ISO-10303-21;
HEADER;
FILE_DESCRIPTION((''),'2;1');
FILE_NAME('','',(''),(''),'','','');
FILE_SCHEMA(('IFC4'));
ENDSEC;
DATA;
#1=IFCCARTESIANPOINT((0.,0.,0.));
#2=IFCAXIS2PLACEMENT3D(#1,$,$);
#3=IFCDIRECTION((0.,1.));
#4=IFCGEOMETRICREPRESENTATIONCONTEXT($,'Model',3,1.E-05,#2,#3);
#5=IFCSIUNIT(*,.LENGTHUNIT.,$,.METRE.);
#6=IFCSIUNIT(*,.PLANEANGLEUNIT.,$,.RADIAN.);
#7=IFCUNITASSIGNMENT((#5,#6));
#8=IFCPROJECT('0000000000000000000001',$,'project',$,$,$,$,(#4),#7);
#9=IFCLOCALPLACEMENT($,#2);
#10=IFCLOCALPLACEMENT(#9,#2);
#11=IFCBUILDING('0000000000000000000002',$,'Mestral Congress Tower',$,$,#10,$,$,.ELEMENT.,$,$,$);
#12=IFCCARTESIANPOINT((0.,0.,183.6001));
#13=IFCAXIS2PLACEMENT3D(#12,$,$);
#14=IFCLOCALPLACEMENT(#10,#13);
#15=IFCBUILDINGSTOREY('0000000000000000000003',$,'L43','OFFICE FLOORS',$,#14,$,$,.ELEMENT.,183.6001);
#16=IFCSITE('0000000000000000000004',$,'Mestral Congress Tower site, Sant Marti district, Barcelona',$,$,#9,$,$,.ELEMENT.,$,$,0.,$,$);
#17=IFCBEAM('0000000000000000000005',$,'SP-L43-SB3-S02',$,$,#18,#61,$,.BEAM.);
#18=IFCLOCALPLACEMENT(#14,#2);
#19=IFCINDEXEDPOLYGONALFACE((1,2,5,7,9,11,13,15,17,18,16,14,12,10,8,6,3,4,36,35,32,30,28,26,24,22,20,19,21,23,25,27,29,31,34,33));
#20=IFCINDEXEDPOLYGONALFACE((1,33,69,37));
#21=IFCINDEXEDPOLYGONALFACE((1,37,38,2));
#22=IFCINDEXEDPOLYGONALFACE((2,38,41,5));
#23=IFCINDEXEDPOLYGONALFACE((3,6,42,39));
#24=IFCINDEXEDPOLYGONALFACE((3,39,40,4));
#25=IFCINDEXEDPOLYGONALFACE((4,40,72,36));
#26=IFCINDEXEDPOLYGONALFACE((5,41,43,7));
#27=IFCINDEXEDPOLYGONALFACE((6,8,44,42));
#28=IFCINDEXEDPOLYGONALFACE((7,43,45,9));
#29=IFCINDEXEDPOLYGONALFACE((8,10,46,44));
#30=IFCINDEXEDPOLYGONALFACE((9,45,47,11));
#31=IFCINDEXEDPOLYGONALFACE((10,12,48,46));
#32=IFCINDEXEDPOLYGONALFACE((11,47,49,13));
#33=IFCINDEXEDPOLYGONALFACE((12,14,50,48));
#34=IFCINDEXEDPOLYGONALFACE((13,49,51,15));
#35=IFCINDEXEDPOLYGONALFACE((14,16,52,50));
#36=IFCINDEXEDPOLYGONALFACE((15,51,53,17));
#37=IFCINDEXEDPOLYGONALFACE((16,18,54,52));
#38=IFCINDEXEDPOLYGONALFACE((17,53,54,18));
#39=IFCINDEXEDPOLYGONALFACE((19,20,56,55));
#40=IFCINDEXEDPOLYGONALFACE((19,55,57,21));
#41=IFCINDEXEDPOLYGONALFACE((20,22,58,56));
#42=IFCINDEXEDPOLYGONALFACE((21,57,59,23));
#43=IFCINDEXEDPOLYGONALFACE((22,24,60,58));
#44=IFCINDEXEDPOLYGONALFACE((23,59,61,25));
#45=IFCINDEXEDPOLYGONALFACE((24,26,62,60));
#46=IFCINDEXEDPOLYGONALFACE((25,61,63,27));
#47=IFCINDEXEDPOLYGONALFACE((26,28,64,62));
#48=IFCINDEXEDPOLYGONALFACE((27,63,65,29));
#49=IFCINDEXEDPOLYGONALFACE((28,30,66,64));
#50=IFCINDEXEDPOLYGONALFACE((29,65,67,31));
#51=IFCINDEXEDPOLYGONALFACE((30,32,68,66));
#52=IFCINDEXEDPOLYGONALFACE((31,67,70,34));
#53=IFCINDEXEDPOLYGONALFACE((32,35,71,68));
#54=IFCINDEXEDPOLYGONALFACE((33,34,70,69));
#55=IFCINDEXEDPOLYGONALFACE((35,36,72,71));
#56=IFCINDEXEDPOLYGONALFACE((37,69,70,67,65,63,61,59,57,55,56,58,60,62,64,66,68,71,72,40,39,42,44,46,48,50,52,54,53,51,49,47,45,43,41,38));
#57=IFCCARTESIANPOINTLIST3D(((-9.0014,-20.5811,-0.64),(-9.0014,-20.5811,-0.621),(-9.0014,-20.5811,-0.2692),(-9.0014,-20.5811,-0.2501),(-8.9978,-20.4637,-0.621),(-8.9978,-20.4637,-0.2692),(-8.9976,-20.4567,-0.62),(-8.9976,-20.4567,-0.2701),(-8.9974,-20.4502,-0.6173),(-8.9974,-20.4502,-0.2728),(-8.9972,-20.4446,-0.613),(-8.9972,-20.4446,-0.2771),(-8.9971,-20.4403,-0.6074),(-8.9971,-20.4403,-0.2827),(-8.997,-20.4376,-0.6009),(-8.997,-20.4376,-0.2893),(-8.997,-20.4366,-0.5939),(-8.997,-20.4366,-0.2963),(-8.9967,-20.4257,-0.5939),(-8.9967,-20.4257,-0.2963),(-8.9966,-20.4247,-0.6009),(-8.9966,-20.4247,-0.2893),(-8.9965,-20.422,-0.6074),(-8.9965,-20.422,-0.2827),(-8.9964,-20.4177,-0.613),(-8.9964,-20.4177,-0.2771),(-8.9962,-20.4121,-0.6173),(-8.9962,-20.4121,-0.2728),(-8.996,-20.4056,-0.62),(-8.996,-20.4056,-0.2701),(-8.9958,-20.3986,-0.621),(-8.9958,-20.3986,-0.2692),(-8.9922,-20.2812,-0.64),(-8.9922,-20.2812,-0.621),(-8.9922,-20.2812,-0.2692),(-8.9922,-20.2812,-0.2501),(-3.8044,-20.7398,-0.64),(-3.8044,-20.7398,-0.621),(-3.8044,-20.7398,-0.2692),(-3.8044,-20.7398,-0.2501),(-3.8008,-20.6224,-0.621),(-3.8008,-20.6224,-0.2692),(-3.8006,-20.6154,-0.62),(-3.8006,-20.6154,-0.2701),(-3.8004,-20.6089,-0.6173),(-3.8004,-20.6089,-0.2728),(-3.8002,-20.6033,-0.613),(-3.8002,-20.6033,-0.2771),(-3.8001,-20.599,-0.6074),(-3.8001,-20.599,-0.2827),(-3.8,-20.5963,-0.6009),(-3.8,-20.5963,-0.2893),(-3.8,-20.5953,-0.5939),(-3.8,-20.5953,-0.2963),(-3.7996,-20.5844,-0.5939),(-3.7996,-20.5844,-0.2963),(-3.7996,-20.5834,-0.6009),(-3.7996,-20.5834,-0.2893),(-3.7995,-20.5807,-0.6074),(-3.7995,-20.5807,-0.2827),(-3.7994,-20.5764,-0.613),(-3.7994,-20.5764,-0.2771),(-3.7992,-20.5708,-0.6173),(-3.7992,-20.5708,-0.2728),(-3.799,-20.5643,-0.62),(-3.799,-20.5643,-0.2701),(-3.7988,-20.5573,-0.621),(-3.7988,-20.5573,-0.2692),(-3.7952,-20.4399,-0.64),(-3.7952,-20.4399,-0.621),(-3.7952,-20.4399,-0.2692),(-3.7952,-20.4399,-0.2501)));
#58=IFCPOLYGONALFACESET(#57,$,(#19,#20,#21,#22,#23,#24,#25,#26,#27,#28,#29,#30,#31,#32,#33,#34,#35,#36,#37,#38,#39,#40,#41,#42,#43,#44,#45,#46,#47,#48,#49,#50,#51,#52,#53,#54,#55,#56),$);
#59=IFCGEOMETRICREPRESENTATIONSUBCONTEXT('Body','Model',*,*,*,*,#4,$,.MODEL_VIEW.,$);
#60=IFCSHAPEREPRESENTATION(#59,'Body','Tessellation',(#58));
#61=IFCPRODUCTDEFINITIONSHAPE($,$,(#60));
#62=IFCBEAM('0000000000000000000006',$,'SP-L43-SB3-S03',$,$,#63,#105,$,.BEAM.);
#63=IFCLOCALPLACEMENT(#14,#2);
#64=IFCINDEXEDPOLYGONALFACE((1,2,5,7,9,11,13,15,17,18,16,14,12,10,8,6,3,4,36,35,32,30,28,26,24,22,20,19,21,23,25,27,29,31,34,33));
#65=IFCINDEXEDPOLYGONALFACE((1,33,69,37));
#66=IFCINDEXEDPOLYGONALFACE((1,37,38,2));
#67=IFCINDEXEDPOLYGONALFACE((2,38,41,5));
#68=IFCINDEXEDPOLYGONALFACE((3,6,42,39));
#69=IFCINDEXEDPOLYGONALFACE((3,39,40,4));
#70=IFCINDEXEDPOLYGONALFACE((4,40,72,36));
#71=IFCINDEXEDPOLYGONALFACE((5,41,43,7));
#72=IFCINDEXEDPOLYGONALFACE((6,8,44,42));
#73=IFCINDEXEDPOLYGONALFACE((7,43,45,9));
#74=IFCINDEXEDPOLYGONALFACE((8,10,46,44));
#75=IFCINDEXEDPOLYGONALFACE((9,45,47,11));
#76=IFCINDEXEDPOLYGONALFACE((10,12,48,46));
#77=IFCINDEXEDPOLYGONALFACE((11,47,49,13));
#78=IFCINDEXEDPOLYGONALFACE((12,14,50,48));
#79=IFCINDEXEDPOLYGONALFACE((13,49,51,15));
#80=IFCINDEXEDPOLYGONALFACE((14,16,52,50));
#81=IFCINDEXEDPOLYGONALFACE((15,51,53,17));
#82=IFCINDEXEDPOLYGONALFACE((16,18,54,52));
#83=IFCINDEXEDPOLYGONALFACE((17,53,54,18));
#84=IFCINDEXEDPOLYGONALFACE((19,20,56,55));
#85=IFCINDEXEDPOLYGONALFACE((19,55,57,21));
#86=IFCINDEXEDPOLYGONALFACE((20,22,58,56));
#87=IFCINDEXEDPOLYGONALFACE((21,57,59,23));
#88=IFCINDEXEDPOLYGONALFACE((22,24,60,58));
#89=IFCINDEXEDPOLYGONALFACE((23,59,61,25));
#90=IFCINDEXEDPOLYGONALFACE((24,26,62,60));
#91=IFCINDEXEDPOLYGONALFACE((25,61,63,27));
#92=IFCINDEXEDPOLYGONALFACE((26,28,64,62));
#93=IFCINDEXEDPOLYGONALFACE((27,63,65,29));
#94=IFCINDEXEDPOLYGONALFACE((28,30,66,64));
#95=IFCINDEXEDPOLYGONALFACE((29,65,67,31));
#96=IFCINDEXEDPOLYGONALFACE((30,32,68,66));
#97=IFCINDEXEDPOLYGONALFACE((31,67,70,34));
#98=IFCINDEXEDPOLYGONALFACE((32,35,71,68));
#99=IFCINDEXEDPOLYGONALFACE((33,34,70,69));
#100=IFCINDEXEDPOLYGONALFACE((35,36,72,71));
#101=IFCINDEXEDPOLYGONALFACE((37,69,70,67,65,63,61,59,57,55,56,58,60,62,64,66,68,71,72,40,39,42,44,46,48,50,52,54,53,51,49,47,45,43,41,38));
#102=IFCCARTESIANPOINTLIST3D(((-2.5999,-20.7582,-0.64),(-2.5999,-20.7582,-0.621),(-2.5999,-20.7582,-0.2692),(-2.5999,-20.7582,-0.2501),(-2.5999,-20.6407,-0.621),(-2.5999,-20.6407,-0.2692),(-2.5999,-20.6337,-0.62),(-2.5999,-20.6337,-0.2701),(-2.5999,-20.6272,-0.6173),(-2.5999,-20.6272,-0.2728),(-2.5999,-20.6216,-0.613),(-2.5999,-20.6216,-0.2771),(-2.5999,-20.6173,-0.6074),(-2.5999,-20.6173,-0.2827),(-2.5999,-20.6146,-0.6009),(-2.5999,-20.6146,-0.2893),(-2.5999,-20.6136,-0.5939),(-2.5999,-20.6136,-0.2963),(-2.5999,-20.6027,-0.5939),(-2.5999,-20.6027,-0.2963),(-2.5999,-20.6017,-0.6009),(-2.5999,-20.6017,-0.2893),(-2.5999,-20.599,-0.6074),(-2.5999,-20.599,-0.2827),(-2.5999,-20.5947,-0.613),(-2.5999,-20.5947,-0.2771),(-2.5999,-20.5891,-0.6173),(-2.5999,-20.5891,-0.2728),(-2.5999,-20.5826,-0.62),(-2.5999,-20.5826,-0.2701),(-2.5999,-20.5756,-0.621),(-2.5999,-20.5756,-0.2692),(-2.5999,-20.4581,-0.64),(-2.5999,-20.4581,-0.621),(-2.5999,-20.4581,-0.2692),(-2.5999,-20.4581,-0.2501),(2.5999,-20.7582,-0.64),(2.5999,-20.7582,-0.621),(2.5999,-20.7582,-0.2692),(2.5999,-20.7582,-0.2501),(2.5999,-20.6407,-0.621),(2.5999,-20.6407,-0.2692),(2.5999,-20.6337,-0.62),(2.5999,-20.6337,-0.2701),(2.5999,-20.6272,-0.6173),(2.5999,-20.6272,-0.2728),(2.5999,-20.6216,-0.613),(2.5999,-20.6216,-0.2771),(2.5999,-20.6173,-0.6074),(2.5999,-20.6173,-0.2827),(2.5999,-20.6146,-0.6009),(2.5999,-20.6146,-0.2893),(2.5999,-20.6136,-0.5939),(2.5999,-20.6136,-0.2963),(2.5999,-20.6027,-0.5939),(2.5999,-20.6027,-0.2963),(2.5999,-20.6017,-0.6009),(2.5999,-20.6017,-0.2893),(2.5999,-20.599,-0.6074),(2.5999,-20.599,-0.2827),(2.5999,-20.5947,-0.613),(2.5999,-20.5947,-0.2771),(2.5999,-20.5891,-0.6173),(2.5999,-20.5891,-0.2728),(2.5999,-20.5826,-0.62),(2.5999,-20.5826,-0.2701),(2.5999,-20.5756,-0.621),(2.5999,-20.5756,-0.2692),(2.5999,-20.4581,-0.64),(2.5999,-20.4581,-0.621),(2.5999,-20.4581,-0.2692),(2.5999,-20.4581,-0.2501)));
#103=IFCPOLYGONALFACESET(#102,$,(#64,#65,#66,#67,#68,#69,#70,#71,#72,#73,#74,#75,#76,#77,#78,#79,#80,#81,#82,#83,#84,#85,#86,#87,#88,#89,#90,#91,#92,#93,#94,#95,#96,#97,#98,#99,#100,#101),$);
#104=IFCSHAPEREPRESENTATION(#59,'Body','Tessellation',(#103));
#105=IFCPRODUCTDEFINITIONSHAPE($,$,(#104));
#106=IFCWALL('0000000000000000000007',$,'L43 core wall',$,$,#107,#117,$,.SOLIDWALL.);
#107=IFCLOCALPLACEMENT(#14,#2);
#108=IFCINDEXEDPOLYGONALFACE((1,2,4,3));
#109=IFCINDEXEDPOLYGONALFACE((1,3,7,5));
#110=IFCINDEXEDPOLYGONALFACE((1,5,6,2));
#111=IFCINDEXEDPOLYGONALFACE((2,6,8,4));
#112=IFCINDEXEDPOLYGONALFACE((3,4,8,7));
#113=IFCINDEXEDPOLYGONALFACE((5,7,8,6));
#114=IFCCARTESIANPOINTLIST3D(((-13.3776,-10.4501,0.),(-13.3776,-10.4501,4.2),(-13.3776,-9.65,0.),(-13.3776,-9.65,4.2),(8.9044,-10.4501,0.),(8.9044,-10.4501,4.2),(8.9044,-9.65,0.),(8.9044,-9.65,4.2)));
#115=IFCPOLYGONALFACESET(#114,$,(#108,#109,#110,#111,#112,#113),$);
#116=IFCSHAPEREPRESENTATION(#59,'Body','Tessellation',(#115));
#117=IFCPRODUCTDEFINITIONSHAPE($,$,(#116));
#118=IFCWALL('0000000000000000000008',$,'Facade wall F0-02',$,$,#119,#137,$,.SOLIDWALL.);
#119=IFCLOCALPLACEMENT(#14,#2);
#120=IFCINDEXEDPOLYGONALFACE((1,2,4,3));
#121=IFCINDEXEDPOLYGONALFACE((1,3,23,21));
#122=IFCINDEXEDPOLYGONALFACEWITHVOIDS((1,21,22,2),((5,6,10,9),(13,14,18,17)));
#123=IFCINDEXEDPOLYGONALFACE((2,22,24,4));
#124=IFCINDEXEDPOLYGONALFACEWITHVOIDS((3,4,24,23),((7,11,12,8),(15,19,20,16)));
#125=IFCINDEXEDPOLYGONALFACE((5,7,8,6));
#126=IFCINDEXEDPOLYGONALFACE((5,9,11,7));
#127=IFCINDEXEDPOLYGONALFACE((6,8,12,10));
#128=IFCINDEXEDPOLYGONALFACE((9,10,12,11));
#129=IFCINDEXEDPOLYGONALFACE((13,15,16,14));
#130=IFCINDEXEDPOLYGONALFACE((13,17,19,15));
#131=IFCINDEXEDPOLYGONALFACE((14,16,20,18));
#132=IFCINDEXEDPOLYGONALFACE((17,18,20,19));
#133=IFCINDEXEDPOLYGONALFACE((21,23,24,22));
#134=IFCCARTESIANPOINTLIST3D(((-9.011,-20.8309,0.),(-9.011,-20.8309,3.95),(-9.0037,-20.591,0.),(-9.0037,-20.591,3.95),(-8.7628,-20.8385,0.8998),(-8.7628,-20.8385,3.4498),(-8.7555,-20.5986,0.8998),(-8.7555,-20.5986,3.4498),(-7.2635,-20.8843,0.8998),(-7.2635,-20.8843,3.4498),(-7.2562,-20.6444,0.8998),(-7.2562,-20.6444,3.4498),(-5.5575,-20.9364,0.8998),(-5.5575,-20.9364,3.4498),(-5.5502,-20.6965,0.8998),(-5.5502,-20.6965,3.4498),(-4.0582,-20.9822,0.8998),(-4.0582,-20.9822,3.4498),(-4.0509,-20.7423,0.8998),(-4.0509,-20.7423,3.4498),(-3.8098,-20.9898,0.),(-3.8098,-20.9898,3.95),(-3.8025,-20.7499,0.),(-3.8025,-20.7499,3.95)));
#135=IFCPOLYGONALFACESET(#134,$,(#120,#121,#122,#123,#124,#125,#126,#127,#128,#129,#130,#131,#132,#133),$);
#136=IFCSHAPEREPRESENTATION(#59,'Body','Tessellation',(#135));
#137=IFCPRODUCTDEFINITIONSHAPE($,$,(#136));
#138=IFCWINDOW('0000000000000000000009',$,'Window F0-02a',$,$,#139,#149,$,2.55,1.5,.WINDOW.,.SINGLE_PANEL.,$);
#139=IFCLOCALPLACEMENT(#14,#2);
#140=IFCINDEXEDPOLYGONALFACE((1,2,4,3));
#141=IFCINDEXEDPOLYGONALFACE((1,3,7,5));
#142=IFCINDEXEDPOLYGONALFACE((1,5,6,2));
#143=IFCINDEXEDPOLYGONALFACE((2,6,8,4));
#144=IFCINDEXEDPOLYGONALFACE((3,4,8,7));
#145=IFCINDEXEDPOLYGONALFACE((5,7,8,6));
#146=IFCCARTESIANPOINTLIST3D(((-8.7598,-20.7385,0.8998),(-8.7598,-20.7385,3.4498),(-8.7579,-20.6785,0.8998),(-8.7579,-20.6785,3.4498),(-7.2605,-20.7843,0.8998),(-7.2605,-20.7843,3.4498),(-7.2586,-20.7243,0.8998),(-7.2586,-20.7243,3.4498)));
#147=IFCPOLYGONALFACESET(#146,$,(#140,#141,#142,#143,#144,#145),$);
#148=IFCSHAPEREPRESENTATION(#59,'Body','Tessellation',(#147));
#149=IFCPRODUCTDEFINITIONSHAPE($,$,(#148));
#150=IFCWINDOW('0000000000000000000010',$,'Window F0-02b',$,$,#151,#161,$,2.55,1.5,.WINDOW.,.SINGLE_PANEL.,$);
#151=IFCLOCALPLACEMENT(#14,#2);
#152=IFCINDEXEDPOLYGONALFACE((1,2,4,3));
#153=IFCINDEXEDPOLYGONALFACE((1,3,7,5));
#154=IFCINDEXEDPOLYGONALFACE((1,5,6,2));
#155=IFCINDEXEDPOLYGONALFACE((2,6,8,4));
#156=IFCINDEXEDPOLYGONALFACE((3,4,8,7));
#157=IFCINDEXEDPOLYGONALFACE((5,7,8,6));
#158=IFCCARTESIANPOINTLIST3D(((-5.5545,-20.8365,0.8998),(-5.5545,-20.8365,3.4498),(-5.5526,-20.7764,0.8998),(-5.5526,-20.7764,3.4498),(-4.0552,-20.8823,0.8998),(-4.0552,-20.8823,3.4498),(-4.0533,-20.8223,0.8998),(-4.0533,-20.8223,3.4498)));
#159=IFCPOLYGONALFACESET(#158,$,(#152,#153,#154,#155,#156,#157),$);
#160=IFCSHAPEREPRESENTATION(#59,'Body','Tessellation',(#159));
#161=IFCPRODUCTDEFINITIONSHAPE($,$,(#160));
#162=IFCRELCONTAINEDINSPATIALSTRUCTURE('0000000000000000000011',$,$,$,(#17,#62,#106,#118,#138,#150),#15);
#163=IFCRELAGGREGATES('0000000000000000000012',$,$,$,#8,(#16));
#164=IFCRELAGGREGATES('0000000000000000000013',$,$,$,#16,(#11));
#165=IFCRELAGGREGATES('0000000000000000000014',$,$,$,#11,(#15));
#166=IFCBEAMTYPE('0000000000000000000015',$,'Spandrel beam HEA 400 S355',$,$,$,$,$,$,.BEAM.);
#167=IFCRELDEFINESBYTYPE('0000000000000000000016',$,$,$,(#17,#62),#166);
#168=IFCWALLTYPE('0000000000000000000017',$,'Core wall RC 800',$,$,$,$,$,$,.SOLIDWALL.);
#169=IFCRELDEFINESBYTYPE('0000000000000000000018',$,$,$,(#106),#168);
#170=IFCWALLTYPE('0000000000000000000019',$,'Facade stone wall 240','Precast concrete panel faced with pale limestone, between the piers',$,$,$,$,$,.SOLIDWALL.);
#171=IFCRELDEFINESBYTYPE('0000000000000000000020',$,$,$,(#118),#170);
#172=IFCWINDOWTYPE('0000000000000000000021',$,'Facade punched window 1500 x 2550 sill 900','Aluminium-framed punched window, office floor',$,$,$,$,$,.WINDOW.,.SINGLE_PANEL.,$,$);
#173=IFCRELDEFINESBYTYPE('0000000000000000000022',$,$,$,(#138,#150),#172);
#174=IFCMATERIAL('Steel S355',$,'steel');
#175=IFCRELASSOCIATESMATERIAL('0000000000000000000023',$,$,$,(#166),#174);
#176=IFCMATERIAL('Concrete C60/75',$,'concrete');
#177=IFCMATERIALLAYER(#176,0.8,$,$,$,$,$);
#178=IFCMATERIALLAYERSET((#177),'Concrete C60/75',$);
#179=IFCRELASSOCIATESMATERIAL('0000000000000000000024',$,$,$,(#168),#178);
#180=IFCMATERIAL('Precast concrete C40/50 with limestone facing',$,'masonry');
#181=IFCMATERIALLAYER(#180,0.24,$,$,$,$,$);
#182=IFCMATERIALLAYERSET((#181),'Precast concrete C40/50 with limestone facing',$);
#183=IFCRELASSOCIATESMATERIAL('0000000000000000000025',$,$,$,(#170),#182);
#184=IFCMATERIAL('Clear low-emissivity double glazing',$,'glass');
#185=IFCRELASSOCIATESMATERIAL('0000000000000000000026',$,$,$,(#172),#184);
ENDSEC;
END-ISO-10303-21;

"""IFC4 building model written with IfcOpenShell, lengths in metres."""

from ifc_helpers import new_model, si_unit, direction, frame, frame_2d, origin, origin_2d, place, context, subcontext, project, spatial, rectangle, i_section, extrude, material, layer, layer_set, material_profile, profile_set, type_object, element, fill, save


model = new_model("IFC4")

# Units and contexts
model_context = context("Model", 3, precision=1e-05, world=origin(), true_north=direction((0.0, 1.0)))
body_context = subcontext(model_context, "Body", "Model", "MODEL_VIEW")
ifc_project = project(units=[si_unit("LENGTHUNIT", "METRE"), si_unit("PLANEANGLEUNIT", "RADIAN")], contexts=[model_context])

# Site, building, storey
site_placement = place(None, origin())
site = spatial("IfcSite", under=ifc_project, at=site_placement, Name="Mestral Congress Tower site, Sant Marti district, Barcelona", CompositionType="ELEMENT", RefElevation=0.0)
building_placement = place(site_placement, origin())
building = spatial("IfcBuilding", under=site, at=building_placement, Name="Mestral Congress Tower", CompositionType="ELEMENT")
storey_placement = place(building_placement, frame((0.0, 0.0, 183.6001)))
storey = spatial("IfcBuildingStorey", under=building, at=storey_placement, Name="L43", Description="OFFICE FLOORS", CompositionType="ELEMENT", Elevation=183.6001)

# Shared definitions
ifc_material_1 = material(Name="Concrete C60/75", Category="concrete")

# Beams
ifc_material_2 = material(Name="Steel S355", Category="steel")
ifc_material_profile_1 = material_profile(ifc_material_2, i_section(OverallWidth=0.3, OverallDepth=0.3899, WebThickness=0.011, FlangeThickness=0.019, FilletRadius=0.0271, at=origin_2d()), Name="HEA 400")
ifc_profile_set_1 = profile_set([ifc_material_profile_1], Name="Steel S355")
beam_type_1 = type_object("IfcBeamType", Name="Spandrel beam HEA 400 S355", PredefinedType="BEAM", material=ifc_profile_set_1)
beam_1_placement = place(storey_placement, frame((-8.9968, -20.4312, -0.4451), z_axis=(0.999534, -0.030521, 0.0), x_axis=(0.030521, 0.999534, 0.0)))
element("IfcBeam", 1, at=beam_1_placement, inside=storey, type_object=beam_type_1, Name="SP-L43-SB3-S02", PredefinedType="BEAM", context=body_context, shape_type="SweptSolid", body=[
    extrude(i_section(OverallWidth=0.3, OverallDepth=0.3899, WebThickness=0.011, FlangeThickness=0.019, FilletRadius=0.0271, at=origin_2d()), origin(), (0.0, 0.0, 1.0), 5.1995),
])
beam_2_placement = place(storey_placement, frame((-2.5999, -20.6082, -0.4451), z_axis=(1.0, 0.0, 0.0), x_axis=(0.0, 1.0, 0.0)))
element("IfcBeam", 2, at=beam_2_placement, inside=storey, type_object=beam_type_1, Name="SP-L43-SB3-S03", PredefinedType="BEAM", context=body_context, shape_type="SweptSolid", body=[
    extrude(i_section(OverallWidth=0.3, OverallDepth=0.3899, WebThickness=0.011, FlangeThickness=0.019, FilletRadius=0.0271, at=origin_2d()), origin(), (0.0, 0.0, 1.0), 5.1997),
])

# Wall
ifc_layer_1 = layer(ifc_material_1, 0.8)
ifc_layer_set_1 = layer_set([ifc_layer_1], Name="Concrete C60/75")
wall_type_1 = type_object("IfcWallType", Name="Core wall RC 800", PredefinedType="SOLIDWALL", material=ifc_layer_set_1)
wall_1_placement = place(storey_placement, frame((-13.3777, -10.05, 0.0), z_axis=(0.0, 0.0, 1.0), x_axis=(1.0, 0.0, 0.0)))
element("IfcWall", 3, at=wall_1_placement, inside=storey, type_object=wall_type_1, Name="L43 core wall", PredefinedType="SOLIDWALL", context=body_context, shape_type="SweptSolid", body=[
    extrude(rectangle(XDim=22.282, YDim=0.8, at=frame_2d((11.1411, 0.0))), origin(), (0.0, 0.0, 1.0), 4.2),
])

# Wall, openings, windows
ifc_material_3 = material(Name="Precast concrete C40/50 with limestone facing", Category="masonry")
ifc_layer_2 = layer(ifc_material_3, 0.24)
ifc_layer_set_2 = layer_set([ifc_layer_2], Name="Precast concrete C40/50 with limestone facing")
wall_type_2 = type_object("IfcWallType", Name="Facade stone wall 240", Description="Precast concrete panel faced with pale limestone, between the piers", PredefinedType="SOLIDWALL", material=ifc_layer_set_2)
wall_2_placement = place(storey_placement, frame((-9.0073, -20.7109, 0.0), z_axis=(0.0, 0.0, 1.0), x_axis=(0.999533, -0.030543, 0.0)))
wall_2 = element("IfcWall", 4, at=wall_2_placement, inside=storey, type_object=wall_type_2, Name="Facade wall F0-02", PredefinedType="SOLIDWALL", context=body_context, shape_type="SweptSolid", body=[
    extrude(rectangle(XDim=5.2036, YDim=0.24, at=frame_2d((2.6018, 0.0))), origin(), (0.0, 0.0, 1.0), 3.95),
])
opening_1_placement = place(wall_2_placement, frame((0.2483, 0.0, 0.8999)))
opening_1 = element("IfcOpeningElement", 5, at=opening_1_placement, cuts=wall_2, PredefinedType="OPENING", context=body_context, shape_type="SweptSolid", body=[
    extrude(rectangle(XDim=1.5, YDim=2.55, at=frame_2d((0.75, 1.2749))), frame((0.0, 0.1299, 0.0), z_axis=(0.0, -1.0, 0.0), x_axis=(1.0, 0.0, 0.0)), (0.0, 0.0, 1.0), 0.26),
])
opening_2_placement = place(wall_2_placement, frame((3.4551, 0.0, 0.8999)))
opening_2 = element("IfcOpeningElement", 6, at=opening_2_placement, cuts=wall_2, PredefinedType="OPENING", context=body_context, shape_type="SweptSolid", body=[
    extrude(rectangle(XDim=1.5, YDim=2.55, at=frame_2d((0.75, 1.2749))), frame((0.0, 0.1299, 0.0), z_axis=(0.0, -1.0, 0.0), x_axis=(1.0, 0.0, 0.0)), (0.0, 0.0, 1.0), 0.26),
])
ifc_material_4 = material(Name="Clear low-emissivity double glazing", Category="glass")
window_type = type_object("IfcWindowType", Name="Facade punched window 1500 x 2550 sill 900", Description="Aluminium-framed punched window, office floor", PartitioningType="SINGLE_PANEL", PredefinedType="WINDOW", material=ifc_material_4)
window_1_placement = place(opening_1_placement, origin())
window_1 = element("IfcWindow", 7, at=window_1_placement, inside=storey, type_object=window_type, Name="Window F0-02a", OverallHeight=2.55, OverallWidth=1.5, PartitioningType="SINGLE_PANEL", PredefinedType="WINDOW", context=body_context, shape_type="SweptSolid", body=[
    extrude(rectangle(XDim=1.5, YDim=2.55, at=frame_2d((0.75, 1.2749))), frame((0.0, 0.04, 0.0), z_axis=(0.0, -1.0, 0.0), x_axis=(1.0, 0.0, 0.0)), (0.0, 0.0, 1.0), 0.0601),
])
fill(opening_1, window_1)
window_2_placement = place(opening_2_placement, origin())
window_2 = element("IfcWindow", 8, at=window_2_placement, inside=storey, type_object=window_type, Name="Window F0-02b", OverallHeight=2.55, OverallWidth=1.5, PartitioningType="SINGLE_PANEL", PredefinedType="WINDOW", context=body_context, shape_type="SweptSolid", body=[
    extrude(rectangle(XDim=1.5, YDim=2.55, at=frame_2d((0.75, 1.2749))), frame((0.0, 0.04, 0.0), z_axis=(0.0, -1.0, 0.0), x_axis=(1.0, 0.0, 0.0)), (0.0, 0.0, 1.0), 0.0601),
])
fill(opening_2, window_2)

save(model, "model.ifc")
